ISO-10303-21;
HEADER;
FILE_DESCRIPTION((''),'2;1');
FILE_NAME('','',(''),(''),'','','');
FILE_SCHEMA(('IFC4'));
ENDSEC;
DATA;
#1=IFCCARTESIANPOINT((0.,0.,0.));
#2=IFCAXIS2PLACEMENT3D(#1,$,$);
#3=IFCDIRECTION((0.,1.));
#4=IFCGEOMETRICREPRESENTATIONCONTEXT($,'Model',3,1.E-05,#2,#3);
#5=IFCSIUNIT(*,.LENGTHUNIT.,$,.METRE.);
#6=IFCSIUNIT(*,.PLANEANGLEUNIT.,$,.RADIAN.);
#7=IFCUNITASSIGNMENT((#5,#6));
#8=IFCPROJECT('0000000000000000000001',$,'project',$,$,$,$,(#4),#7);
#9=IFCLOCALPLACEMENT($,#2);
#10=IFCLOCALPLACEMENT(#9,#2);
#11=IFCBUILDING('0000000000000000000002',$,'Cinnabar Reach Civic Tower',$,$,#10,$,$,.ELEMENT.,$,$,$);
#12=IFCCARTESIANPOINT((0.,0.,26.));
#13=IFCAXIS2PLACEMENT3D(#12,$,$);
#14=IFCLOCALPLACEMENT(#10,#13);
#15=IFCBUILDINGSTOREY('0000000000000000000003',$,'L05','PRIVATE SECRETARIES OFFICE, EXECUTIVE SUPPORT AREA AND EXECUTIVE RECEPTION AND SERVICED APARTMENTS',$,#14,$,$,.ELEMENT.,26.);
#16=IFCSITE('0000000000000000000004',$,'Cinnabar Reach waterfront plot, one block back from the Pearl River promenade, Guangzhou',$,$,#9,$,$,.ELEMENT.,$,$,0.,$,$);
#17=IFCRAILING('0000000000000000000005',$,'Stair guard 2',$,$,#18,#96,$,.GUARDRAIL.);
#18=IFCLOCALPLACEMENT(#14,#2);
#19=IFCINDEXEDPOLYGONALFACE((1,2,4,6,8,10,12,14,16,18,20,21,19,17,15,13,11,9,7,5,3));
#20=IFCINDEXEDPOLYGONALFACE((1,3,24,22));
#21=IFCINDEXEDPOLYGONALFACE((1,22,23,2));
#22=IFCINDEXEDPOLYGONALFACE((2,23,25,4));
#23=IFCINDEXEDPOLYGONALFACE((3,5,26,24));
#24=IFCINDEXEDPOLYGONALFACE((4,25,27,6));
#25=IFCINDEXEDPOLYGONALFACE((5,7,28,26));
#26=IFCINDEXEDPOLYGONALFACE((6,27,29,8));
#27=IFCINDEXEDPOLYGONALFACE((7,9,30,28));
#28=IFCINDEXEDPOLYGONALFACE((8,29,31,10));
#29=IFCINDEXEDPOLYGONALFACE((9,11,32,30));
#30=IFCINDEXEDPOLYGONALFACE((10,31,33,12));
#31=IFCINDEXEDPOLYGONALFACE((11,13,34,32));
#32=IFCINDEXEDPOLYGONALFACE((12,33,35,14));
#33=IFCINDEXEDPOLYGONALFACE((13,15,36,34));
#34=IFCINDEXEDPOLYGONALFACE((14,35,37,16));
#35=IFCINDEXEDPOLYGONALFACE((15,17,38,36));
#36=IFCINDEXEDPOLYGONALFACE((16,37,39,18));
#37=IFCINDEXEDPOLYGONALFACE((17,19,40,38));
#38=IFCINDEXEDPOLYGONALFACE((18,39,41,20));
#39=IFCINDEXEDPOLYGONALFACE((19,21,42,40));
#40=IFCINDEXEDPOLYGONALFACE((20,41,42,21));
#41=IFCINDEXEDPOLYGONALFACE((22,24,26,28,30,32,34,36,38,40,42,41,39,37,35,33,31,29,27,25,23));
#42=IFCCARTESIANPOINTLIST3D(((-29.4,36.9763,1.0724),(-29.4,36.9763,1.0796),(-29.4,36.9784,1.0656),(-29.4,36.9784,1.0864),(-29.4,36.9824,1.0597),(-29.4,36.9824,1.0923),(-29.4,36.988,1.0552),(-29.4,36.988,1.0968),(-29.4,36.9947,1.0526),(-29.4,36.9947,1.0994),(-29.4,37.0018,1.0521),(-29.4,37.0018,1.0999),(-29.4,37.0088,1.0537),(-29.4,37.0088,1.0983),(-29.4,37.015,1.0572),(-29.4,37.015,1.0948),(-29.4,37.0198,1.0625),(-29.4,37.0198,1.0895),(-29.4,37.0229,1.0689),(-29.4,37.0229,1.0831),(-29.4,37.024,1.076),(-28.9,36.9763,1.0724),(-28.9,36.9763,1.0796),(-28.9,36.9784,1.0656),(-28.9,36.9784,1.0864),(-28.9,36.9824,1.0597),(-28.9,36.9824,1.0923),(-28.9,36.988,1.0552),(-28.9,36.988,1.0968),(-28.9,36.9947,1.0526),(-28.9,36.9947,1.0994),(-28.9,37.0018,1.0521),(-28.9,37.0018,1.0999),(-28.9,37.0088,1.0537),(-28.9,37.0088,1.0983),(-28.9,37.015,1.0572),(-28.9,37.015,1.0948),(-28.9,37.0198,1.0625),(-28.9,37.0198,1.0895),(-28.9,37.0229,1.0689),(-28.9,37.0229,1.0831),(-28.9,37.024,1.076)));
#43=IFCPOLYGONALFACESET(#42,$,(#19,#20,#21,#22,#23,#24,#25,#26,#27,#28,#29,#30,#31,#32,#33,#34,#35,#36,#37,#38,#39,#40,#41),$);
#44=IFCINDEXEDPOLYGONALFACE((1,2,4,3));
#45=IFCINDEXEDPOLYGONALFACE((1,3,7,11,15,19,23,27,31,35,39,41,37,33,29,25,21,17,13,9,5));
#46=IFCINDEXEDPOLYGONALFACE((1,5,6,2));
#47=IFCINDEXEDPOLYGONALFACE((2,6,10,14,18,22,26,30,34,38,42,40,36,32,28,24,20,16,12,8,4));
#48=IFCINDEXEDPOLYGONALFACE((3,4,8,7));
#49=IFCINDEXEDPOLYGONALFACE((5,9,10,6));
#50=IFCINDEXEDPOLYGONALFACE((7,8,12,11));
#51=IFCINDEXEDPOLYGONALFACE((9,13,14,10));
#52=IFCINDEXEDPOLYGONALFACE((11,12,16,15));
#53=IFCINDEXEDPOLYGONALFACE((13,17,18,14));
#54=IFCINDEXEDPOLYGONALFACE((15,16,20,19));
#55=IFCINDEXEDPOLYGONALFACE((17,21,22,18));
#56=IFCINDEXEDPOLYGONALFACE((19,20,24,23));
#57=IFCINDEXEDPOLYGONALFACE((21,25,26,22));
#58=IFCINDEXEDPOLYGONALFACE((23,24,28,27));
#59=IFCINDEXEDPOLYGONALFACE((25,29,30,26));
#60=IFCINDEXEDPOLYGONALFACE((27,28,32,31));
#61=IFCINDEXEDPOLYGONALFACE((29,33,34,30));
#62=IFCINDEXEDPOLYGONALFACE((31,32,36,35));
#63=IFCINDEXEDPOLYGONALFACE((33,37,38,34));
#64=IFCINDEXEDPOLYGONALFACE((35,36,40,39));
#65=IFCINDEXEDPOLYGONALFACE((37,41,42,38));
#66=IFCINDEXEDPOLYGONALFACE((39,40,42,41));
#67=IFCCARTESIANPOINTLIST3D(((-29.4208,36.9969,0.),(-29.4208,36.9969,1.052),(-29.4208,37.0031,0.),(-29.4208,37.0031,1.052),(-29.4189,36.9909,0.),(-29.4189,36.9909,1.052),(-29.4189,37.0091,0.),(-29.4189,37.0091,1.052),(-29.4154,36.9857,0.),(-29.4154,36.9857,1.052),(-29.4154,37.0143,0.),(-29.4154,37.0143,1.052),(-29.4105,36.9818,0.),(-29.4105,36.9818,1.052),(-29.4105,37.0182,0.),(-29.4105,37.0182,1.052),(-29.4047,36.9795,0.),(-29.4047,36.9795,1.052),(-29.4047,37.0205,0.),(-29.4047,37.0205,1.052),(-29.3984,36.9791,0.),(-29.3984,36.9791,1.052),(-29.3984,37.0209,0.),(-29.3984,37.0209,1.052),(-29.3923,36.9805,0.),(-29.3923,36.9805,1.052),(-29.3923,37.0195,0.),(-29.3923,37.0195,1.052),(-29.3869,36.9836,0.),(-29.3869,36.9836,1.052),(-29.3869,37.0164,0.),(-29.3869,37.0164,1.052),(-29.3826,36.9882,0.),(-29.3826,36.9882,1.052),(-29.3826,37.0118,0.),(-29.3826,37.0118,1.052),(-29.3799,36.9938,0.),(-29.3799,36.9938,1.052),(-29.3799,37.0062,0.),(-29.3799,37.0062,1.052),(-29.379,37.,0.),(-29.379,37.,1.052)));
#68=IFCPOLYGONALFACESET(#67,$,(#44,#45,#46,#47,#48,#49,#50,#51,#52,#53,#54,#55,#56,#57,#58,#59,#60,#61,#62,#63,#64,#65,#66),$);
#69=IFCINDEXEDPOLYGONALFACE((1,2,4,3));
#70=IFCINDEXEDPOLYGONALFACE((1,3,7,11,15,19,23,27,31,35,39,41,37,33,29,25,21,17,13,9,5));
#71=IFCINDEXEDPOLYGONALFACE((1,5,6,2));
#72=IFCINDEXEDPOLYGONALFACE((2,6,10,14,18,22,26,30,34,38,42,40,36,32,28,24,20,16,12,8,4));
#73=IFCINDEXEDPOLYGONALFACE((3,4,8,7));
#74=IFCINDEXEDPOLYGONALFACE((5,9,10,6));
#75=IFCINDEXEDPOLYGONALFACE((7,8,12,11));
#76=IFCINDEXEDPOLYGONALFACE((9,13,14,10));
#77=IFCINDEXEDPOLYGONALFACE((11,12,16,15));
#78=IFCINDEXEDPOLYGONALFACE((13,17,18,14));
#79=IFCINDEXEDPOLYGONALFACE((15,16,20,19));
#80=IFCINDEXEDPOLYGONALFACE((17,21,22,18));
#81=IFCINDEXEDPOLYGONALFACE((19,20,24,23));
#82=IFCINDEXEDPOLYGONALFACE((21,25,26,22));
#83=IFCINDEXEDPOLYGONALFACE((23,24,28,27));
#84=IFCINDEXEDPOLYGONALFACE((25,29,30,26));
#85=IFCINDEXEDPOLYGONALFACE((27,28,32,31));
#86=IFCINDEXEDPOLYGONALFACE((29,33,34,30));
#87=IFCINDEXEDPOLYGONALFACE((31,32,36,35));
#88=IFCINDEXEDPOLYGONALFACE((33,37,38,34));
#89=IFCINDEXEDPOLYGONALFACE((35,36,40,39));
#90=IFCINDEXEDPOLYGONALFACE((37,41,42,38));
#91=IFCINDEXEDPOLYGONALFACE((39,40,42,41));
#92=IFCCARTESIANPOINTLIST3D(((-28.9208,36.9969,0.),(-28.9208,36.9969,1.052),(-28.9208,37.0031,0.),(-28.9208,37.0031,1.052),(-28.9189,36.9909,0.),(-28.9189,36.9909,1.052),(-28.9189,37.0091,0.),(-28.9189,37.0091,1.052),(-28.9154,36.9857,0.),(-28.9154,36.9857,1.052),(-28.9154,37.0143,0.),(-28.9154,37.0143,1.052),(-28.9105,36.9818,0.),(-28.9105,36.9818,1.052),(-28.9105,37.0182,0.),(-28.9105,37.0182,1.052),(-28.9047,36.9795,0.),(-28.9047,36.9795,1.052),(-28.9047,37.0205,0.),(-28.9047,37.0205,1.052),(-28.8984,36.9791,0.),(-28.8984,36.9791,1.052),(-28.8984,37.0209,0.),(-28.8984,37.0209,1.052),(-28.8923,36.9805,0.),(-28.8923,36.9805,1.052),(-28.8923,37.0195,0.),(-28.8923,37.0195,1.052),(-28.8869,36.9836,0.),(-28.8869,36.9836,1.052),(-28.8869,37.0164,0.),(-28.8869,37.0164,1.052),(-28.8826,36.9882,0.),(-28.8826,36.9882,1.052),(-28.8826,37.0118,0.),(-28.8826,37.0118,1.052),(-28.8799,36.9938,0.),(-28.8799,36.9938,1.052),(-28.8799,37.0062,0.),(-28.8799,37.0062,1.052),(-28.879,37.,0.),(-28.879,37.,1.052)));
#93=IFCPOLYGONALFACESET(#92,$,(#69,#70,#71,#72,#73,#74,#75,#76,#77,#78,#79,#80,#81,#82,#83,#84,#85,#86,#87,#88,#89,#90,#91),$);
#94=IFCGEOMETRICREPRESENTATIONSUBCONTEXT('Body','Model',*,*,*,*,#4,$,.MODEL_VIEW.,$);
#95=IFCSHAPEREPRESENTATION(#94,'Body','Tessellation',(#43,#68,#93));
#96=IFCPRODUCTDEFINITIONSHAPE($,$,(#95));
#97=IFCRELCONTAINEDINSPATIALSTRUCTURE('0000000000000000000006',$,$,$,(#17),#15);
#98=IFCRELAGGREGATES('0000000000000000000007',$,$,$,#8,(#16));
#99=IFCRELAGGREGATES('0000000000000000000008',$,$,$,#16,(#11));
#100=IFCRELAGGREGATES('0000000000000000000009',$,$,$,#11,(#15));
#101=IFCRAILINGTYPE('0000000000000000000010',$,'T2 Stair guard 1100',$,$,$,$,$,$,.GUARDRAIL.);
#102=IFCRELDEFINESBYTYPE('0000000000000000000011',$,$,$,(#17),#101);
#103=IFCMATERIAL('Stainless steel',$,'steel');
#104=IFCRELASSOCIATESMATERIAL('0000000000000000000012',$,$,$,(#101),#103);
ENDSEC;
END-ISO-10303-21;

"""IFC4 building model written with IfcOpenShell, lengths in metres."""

from ifc_helpers import new_model, si_unit, direction, frame, origin, origin_2d, place, context, subcontext, project, spatial, circle, extrude, material, type_object, element, save


model = new_model("IFC4")

# Units and contexts
model_context = context("Model", 3, precision=1e-05, world=origin(), true_north=direction((0.0, 1.0)))
body_context = subcontext(model_context, "Body", "Model", "MODEL_VIEW")
ifc_project = project(units=[si_unit("LENGTHUNIT", "METRE"), si_unit("PLANEANGLEUNIT", "RADIAN")], contexts=[model_context])

# Site, building, storey
site_placement = place(None, origin())
site = spatial("IfcSite", under=ifc_project, at=site_placement, Name="Cinnabar Reach waterfront plot, one block back from the Pearl River promenade, Guangzhou", CompositionType="ELEMENT", RefElevation=0.0)
building_placement = place(site_placement, origin())
building = spatial("IfcBuilding", under=site, at=building_placement, Name="Cinnabar Reach Civic Tower", CompositionType="ELEMENT")
storey_placement = place(building_placement, frame((0.0, 0.0, 26.0)))
storey = spatial("IfcBuildingStorey", under=building, at=storey_placement, Name="L05", Description="PRIVATE SECRETARIES OFFICE, EXECUTIVE SUPPORT AREA AND EXECUTIVE RECEPTION AND SERVICED APARTMENTS", CompositionType="ELEMENT", Elevation=26.0)

# Railing
ifc_material_1 = material(Name="Stainless steel", Category="steel")
railing_type = type_object("IfcRailingType", Name="T2 Stair guard 1100", PredefinedType="GUARDRAIL", material=ifc_material_1)
railing_1_placement = place(storey_placement, frame((-29.4, 37.0, 0.0)))
element("IfcRailing", 1, at=railing_1_placement, inside=storey, type_object=railing_type, Name="Stair guard 2", PredefinedType="GUARDRAIL", context=body_context, shape_type="SweptSolid", body=[
    extrude(circle(Radius=0.024, at=origin_2d()), frame((0.0, 0.0, 1.076), z_axis=(1.0, 0.0, 0.0), x_axis=(0.0, 1.0, 0.0)), (0.0, 0.0, 1.0), 0.5),
    extrude(circle(Radius=0.021, at=origin_2d()), origin(), (0.0, 0.0, 1.0), 1.052),
    extrude(circle(Radius=0.021, at=origin_2d()), frame((0.5, 0.0, 0.0)), (0.0, 0.0, 1.0), 1.052),
])

save(model, "model.ifc")
